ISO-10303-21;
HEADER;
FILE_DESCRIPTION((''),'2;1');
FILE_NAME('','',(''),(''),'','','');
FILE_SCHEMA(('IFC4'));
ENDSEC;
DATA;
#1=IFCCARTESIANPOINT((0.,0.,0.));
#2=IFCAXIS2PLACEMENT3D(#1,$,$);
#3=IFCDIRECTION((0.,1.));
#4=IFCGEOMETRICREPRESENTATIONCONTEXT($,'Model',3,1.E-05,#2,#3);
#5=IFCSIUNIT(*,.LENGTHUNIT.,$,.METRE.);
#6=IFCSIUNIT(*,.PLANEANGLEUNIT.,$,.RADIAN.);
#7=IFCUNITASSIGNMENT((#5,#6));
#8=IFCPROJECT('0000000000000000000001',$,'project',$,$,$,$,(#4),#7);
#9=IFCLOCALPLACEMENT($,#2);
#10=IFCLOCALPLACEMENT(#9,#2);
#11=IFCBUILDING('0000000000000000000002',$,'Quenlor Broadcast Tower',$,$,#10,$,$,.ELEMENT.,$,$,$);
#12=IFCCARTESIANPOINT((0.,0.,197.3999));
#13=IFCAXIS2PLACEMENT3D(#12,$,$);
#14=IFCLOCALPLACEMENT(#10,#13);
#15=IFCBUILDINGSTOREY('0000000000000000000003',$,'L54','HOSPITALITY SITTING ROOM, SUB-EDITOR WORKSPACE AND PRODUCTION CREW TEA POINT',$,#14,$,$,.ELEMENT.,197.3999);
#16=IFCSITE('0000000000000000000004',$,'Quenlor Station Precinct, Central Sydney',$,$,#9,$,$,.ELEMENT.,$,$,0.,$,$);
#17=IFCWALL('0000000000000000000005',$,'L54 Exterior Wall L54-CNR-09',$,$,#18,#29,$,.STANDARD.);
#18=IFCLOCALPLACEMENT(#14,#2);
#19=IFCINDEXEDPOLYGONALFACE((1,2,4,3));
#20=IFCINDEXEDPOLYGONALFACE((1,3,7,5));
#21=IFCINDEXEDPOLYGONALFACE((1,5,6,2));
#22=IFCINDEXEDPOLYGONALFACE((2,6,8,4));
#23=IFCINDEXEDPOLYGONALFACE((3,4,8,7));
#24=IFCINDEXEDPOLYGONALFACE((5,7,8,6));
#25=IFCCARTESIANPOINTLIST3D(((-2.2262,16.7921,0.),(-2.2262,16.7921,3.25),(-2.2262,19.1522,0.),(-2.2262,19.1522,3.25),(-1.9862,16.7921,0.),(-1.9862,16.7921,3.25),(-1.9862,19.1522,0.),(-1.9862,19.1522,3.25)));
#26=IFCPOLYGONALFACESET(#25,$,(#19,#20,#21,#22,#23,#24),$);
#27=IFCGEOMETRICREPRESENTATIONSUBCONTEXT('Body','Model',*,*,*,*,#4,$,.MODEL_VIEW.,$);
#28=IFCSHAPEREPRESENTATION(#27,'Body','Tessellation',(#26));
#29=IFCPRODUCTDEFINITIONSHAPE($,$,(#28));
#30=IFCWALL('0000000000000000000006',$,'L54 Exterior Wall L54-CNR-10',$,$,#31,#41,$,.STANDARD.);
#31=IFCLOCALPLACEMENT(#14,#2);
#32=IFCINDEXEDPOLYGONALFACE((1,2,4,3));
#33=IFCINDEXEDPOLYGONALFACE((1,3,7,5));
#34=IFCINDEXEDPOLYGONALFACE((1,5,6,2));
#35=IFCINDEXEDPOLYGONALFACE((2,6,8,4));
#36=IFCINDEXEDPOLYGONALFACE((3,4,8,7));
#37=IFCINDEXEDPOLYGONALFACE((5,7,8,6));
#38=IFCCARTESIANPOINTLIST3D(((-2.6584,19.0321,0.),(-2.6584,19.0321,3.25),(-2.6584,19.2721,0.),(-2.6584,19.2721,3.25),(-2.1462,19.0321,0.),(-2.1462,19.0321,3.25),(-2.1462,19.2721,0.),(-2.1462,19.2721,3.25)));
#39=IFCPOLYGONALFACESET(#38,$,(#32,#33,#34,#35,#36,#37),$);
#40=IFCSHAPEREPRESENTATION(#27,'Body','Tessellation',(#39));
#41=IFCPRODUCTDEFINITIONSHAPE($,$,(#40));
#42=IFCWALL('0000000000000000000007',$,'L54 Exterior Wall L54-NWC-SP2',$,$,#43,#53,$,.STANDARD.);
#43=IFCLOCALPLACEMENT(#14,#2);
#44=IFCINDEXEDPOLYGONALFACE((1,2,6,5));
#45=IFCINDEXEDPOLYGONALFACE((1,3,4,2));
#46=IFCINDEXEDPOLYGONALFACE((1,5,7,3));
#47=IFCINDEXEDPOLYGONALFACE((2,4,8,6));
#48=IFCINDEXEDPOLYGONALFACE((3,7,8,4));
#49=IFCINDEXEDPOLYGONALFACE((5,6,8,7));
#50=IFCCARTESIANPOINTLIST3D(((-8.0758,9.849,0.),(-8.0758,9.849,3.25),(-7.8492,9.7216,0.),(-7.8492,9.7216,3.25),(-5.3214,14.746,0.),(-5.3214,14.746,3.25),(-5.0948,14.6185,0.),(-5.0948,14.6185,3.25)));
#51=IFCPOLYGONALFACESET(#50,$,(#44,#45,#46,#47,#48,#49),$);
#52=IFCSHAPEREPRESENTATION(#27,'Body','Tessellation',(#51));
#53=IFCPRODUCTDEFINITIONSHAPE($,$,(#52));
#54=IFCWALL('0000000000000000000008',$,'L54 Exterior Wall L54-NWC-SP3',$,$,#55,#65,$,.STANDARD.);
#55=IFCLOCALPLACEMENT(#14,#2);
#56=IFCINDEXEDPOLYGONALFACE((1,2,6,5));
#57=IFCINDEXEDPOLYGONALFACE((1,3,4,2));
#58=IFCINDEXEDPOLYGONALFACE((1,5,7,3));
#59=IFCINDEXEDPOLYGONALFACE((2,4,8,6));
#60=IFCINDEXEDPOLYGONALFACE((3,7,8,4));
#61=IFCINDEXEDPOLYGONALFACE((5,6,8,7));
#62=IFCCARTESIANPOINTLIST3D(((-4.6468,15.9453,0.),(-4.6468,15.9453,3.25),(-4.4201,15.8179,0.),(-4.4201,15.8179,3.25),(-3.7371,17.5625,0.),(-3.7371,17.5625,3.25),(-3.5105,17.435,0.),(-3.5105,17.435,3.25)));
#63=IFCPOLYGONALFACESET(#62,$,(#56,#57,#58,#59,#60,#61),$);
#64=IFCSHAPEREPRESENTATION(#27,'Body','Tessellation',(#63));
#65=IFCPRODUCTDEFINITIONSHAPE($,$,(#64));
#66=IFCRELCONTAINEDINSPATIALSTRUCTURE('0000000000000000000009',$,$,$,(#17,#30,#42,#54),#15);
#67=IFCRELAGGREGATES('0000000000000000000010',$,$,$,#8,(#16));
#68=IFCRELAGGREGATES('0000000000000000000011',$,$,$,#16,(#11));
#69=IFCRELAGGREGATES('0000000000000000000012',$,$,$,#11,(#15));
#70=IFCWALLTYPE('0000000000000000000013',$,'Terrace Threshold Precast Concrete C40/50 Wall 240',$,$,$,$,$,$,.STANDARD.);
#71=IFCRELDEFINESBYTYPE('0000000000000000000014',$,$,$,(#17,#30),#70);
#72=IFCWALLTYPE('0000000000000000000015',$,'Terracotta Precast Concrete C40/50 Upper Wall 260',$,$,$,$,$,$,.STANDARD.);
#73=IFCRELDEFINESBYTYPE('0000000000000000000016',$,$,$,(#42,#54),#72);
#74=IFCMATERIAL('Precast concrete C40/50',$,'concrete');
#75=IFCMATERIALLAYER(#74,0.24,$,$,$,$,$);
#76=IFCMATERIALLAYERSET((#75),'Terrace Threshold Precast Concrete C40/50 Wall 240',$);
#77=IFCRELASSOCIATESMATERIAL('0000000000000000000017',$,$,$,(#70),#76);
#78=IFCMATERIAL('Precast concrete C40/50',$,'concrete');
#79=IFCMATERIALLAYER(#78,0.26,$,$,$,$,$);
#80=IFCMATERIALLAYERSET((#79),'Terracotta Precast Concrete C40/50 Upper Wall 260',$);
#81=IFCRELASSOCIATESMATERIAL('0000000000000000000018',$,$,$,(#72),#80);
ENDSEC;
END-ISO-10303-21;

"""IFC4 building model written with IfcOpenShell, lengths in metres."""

from ifc_helpers import new_model, si_unit, direction, frame, frame_2d, origin, place, context, subcontext, project, spatial, rectangle, extrude, material, layer, layer_set, type_object, element, save


model = new_model("IFC4")

# Units and contexts
model_context = context("Model", 3, precision=1e-05, world=origin(), true_north=direction((0.0, 1.0)))
body_context = subcontext(model_context, "Body", "Model", "MODEL_VIEW")
ifc_project = project(units=[si_unit("LENGTHUNIT", "METRE"), si_unit("PLANEANGLEUNIT", "RADIAN")], contexts=[model_context])

# Site, building, storey
site_placement = place(None, origin())
site = spatial("IfcSite", under=ifc_project, at=site_placement, Name="Quenlor Station Precinct, Central Sydney", CompositionType="ELEMENT", RefElevation=0.0)
building_placement = place(site_placement, origin())
building = spatial("IfcBuilding", under=site, at=building_placement, Name="Quenlor Broadcast Tower", CompositionType="ELEMENT")
storey_placement = place(building_placement, frame((0.0, 0.0, 197.3999)))
storey = spatial("IfcBuildingStorey", under=building, at=storey_placement, Name="L54", Description="HOSPITALITY SITTING ROOM, SUB-EDITOR WORKSPACE AND PRODUCTION CREW TEA POINT", CompositionType="ELEMENT", Elevation=197.3999)

# Walls
ifc_material_1 = material(Name="Precast concrete C40/50", Category="concrete")
ifc_layer_1 = layer(ifc_material_1, 0.24)
ifc_layer_set_1 = layer_set([ifc_layer_1], Name="Terrace Threshold Precast Concrete C40/50 Wall 240")
wall_type_1 = type_object("IfcWallType", Name="Terrace Threshold Precast Concrete C40/50 Wall 240", PredefinedType="STANDARD", material=ifc_layer_set_1)
wall_1_placement = place(storey_placement, frame((-2.1062, 16.792, 0.0), z_axis=(0.0, 0.0, 1.0), x_axis=(0.0, 1.0, 0.0)))
element("IfcWall", 1, at=wall_1_placement, inside=storey, type_object=wall_type_1, Name="L54 Exterior Wall L54-CNR-09", PredefinedType="STANDARD", context=body_context, shape_type="SweptSolid", body=[
    extrude(rectangle(XDim=2.3601, YDim=0.24, at=frame_2d((1.1802, 0.0))), origin(), (0.0, 0.0, 1.0), 3.25),
])
wall_2_placement = place(storey_placement, frame((-2.1462, 19.1521, 0.0), z_axis=(0.0, 0.0, 1.0), x_axis=(-1.0, 0.0, 0.0)))
element("IfcWall", 2, at=wall_2_placement, inside=storey, type_object=wall_type_1, Name="L54 Exterior Wall L54-CNR-10", PredefinedType="STANDARD", context=body_context, shape_type="SweptSolid", body=[
    extrude(rectangle(XDim=0.5122, YDim=0.24, at=frame_2d((0.2561, 0.0))), origin(), (0.0, 0.0, 1.0), 3.25),
])
ifc_material_2 = material(Name="Precast concrete C40/50", Category="concrete")
ifc_layer_2 = layer(ifc_material_2, 0.26)
ifc_layer_set_2 = layer_set([ifc_layer_2], Name="Terracotta Precast Concrete C40/50 Upper Wall 260")
wall_type_2 = type_object("IfcWallType", Name="Terracotta Precast Concrete C40/50 Upper Wall 260", PredefinedType="STANDARD", material=ifc_layer_set_2)
wall_3_placement = place(storey_placement, frame((-7.9624, 9.7854, 0.0), z_axis=(0.0, 0.0, 1.0), x_axis=(0.490241, 0.871587, 0.0)))
element("IfcWall", 3, at=wall_3_placement, inside=storey, type_object=wall_type_2, Name="L54 Exterior Wall L54-NWC-SP2", PredefinedType="STANDARD", context=body_context, shape_type="SweptSolid", body=[
    extrude(rectangle(XDim=5.6184, YDim=0.26, at=frame_2d((2.8091, 0.0))), origin(), (0.0, 0.0, 1.0), 3.25),
])
wall_4_placement = place(storey_placement, frame((-4.5334, 15.8816, 0.0), z_axis=(0.0, 0.0, 1.0), x_axis=(0.490261, 0.871576, 0.0)))
element("IfcWall", 4, at=wall_4_placement, inside=storey, type_object=wall_type_2, Name="L54 Exterior Wall L54-NWC-SP3", PredefinedType="STANDARD", context=body_context, shape_type="SweptSolid", body=[
    extrude(rectangle(XDim=1.8555, YDim=0.26, at=frame_2d((0.9277, 0.0))), origin(), (0.0, 0.0, 1.0), 3.25),
])

save(model, "model.ifc")
